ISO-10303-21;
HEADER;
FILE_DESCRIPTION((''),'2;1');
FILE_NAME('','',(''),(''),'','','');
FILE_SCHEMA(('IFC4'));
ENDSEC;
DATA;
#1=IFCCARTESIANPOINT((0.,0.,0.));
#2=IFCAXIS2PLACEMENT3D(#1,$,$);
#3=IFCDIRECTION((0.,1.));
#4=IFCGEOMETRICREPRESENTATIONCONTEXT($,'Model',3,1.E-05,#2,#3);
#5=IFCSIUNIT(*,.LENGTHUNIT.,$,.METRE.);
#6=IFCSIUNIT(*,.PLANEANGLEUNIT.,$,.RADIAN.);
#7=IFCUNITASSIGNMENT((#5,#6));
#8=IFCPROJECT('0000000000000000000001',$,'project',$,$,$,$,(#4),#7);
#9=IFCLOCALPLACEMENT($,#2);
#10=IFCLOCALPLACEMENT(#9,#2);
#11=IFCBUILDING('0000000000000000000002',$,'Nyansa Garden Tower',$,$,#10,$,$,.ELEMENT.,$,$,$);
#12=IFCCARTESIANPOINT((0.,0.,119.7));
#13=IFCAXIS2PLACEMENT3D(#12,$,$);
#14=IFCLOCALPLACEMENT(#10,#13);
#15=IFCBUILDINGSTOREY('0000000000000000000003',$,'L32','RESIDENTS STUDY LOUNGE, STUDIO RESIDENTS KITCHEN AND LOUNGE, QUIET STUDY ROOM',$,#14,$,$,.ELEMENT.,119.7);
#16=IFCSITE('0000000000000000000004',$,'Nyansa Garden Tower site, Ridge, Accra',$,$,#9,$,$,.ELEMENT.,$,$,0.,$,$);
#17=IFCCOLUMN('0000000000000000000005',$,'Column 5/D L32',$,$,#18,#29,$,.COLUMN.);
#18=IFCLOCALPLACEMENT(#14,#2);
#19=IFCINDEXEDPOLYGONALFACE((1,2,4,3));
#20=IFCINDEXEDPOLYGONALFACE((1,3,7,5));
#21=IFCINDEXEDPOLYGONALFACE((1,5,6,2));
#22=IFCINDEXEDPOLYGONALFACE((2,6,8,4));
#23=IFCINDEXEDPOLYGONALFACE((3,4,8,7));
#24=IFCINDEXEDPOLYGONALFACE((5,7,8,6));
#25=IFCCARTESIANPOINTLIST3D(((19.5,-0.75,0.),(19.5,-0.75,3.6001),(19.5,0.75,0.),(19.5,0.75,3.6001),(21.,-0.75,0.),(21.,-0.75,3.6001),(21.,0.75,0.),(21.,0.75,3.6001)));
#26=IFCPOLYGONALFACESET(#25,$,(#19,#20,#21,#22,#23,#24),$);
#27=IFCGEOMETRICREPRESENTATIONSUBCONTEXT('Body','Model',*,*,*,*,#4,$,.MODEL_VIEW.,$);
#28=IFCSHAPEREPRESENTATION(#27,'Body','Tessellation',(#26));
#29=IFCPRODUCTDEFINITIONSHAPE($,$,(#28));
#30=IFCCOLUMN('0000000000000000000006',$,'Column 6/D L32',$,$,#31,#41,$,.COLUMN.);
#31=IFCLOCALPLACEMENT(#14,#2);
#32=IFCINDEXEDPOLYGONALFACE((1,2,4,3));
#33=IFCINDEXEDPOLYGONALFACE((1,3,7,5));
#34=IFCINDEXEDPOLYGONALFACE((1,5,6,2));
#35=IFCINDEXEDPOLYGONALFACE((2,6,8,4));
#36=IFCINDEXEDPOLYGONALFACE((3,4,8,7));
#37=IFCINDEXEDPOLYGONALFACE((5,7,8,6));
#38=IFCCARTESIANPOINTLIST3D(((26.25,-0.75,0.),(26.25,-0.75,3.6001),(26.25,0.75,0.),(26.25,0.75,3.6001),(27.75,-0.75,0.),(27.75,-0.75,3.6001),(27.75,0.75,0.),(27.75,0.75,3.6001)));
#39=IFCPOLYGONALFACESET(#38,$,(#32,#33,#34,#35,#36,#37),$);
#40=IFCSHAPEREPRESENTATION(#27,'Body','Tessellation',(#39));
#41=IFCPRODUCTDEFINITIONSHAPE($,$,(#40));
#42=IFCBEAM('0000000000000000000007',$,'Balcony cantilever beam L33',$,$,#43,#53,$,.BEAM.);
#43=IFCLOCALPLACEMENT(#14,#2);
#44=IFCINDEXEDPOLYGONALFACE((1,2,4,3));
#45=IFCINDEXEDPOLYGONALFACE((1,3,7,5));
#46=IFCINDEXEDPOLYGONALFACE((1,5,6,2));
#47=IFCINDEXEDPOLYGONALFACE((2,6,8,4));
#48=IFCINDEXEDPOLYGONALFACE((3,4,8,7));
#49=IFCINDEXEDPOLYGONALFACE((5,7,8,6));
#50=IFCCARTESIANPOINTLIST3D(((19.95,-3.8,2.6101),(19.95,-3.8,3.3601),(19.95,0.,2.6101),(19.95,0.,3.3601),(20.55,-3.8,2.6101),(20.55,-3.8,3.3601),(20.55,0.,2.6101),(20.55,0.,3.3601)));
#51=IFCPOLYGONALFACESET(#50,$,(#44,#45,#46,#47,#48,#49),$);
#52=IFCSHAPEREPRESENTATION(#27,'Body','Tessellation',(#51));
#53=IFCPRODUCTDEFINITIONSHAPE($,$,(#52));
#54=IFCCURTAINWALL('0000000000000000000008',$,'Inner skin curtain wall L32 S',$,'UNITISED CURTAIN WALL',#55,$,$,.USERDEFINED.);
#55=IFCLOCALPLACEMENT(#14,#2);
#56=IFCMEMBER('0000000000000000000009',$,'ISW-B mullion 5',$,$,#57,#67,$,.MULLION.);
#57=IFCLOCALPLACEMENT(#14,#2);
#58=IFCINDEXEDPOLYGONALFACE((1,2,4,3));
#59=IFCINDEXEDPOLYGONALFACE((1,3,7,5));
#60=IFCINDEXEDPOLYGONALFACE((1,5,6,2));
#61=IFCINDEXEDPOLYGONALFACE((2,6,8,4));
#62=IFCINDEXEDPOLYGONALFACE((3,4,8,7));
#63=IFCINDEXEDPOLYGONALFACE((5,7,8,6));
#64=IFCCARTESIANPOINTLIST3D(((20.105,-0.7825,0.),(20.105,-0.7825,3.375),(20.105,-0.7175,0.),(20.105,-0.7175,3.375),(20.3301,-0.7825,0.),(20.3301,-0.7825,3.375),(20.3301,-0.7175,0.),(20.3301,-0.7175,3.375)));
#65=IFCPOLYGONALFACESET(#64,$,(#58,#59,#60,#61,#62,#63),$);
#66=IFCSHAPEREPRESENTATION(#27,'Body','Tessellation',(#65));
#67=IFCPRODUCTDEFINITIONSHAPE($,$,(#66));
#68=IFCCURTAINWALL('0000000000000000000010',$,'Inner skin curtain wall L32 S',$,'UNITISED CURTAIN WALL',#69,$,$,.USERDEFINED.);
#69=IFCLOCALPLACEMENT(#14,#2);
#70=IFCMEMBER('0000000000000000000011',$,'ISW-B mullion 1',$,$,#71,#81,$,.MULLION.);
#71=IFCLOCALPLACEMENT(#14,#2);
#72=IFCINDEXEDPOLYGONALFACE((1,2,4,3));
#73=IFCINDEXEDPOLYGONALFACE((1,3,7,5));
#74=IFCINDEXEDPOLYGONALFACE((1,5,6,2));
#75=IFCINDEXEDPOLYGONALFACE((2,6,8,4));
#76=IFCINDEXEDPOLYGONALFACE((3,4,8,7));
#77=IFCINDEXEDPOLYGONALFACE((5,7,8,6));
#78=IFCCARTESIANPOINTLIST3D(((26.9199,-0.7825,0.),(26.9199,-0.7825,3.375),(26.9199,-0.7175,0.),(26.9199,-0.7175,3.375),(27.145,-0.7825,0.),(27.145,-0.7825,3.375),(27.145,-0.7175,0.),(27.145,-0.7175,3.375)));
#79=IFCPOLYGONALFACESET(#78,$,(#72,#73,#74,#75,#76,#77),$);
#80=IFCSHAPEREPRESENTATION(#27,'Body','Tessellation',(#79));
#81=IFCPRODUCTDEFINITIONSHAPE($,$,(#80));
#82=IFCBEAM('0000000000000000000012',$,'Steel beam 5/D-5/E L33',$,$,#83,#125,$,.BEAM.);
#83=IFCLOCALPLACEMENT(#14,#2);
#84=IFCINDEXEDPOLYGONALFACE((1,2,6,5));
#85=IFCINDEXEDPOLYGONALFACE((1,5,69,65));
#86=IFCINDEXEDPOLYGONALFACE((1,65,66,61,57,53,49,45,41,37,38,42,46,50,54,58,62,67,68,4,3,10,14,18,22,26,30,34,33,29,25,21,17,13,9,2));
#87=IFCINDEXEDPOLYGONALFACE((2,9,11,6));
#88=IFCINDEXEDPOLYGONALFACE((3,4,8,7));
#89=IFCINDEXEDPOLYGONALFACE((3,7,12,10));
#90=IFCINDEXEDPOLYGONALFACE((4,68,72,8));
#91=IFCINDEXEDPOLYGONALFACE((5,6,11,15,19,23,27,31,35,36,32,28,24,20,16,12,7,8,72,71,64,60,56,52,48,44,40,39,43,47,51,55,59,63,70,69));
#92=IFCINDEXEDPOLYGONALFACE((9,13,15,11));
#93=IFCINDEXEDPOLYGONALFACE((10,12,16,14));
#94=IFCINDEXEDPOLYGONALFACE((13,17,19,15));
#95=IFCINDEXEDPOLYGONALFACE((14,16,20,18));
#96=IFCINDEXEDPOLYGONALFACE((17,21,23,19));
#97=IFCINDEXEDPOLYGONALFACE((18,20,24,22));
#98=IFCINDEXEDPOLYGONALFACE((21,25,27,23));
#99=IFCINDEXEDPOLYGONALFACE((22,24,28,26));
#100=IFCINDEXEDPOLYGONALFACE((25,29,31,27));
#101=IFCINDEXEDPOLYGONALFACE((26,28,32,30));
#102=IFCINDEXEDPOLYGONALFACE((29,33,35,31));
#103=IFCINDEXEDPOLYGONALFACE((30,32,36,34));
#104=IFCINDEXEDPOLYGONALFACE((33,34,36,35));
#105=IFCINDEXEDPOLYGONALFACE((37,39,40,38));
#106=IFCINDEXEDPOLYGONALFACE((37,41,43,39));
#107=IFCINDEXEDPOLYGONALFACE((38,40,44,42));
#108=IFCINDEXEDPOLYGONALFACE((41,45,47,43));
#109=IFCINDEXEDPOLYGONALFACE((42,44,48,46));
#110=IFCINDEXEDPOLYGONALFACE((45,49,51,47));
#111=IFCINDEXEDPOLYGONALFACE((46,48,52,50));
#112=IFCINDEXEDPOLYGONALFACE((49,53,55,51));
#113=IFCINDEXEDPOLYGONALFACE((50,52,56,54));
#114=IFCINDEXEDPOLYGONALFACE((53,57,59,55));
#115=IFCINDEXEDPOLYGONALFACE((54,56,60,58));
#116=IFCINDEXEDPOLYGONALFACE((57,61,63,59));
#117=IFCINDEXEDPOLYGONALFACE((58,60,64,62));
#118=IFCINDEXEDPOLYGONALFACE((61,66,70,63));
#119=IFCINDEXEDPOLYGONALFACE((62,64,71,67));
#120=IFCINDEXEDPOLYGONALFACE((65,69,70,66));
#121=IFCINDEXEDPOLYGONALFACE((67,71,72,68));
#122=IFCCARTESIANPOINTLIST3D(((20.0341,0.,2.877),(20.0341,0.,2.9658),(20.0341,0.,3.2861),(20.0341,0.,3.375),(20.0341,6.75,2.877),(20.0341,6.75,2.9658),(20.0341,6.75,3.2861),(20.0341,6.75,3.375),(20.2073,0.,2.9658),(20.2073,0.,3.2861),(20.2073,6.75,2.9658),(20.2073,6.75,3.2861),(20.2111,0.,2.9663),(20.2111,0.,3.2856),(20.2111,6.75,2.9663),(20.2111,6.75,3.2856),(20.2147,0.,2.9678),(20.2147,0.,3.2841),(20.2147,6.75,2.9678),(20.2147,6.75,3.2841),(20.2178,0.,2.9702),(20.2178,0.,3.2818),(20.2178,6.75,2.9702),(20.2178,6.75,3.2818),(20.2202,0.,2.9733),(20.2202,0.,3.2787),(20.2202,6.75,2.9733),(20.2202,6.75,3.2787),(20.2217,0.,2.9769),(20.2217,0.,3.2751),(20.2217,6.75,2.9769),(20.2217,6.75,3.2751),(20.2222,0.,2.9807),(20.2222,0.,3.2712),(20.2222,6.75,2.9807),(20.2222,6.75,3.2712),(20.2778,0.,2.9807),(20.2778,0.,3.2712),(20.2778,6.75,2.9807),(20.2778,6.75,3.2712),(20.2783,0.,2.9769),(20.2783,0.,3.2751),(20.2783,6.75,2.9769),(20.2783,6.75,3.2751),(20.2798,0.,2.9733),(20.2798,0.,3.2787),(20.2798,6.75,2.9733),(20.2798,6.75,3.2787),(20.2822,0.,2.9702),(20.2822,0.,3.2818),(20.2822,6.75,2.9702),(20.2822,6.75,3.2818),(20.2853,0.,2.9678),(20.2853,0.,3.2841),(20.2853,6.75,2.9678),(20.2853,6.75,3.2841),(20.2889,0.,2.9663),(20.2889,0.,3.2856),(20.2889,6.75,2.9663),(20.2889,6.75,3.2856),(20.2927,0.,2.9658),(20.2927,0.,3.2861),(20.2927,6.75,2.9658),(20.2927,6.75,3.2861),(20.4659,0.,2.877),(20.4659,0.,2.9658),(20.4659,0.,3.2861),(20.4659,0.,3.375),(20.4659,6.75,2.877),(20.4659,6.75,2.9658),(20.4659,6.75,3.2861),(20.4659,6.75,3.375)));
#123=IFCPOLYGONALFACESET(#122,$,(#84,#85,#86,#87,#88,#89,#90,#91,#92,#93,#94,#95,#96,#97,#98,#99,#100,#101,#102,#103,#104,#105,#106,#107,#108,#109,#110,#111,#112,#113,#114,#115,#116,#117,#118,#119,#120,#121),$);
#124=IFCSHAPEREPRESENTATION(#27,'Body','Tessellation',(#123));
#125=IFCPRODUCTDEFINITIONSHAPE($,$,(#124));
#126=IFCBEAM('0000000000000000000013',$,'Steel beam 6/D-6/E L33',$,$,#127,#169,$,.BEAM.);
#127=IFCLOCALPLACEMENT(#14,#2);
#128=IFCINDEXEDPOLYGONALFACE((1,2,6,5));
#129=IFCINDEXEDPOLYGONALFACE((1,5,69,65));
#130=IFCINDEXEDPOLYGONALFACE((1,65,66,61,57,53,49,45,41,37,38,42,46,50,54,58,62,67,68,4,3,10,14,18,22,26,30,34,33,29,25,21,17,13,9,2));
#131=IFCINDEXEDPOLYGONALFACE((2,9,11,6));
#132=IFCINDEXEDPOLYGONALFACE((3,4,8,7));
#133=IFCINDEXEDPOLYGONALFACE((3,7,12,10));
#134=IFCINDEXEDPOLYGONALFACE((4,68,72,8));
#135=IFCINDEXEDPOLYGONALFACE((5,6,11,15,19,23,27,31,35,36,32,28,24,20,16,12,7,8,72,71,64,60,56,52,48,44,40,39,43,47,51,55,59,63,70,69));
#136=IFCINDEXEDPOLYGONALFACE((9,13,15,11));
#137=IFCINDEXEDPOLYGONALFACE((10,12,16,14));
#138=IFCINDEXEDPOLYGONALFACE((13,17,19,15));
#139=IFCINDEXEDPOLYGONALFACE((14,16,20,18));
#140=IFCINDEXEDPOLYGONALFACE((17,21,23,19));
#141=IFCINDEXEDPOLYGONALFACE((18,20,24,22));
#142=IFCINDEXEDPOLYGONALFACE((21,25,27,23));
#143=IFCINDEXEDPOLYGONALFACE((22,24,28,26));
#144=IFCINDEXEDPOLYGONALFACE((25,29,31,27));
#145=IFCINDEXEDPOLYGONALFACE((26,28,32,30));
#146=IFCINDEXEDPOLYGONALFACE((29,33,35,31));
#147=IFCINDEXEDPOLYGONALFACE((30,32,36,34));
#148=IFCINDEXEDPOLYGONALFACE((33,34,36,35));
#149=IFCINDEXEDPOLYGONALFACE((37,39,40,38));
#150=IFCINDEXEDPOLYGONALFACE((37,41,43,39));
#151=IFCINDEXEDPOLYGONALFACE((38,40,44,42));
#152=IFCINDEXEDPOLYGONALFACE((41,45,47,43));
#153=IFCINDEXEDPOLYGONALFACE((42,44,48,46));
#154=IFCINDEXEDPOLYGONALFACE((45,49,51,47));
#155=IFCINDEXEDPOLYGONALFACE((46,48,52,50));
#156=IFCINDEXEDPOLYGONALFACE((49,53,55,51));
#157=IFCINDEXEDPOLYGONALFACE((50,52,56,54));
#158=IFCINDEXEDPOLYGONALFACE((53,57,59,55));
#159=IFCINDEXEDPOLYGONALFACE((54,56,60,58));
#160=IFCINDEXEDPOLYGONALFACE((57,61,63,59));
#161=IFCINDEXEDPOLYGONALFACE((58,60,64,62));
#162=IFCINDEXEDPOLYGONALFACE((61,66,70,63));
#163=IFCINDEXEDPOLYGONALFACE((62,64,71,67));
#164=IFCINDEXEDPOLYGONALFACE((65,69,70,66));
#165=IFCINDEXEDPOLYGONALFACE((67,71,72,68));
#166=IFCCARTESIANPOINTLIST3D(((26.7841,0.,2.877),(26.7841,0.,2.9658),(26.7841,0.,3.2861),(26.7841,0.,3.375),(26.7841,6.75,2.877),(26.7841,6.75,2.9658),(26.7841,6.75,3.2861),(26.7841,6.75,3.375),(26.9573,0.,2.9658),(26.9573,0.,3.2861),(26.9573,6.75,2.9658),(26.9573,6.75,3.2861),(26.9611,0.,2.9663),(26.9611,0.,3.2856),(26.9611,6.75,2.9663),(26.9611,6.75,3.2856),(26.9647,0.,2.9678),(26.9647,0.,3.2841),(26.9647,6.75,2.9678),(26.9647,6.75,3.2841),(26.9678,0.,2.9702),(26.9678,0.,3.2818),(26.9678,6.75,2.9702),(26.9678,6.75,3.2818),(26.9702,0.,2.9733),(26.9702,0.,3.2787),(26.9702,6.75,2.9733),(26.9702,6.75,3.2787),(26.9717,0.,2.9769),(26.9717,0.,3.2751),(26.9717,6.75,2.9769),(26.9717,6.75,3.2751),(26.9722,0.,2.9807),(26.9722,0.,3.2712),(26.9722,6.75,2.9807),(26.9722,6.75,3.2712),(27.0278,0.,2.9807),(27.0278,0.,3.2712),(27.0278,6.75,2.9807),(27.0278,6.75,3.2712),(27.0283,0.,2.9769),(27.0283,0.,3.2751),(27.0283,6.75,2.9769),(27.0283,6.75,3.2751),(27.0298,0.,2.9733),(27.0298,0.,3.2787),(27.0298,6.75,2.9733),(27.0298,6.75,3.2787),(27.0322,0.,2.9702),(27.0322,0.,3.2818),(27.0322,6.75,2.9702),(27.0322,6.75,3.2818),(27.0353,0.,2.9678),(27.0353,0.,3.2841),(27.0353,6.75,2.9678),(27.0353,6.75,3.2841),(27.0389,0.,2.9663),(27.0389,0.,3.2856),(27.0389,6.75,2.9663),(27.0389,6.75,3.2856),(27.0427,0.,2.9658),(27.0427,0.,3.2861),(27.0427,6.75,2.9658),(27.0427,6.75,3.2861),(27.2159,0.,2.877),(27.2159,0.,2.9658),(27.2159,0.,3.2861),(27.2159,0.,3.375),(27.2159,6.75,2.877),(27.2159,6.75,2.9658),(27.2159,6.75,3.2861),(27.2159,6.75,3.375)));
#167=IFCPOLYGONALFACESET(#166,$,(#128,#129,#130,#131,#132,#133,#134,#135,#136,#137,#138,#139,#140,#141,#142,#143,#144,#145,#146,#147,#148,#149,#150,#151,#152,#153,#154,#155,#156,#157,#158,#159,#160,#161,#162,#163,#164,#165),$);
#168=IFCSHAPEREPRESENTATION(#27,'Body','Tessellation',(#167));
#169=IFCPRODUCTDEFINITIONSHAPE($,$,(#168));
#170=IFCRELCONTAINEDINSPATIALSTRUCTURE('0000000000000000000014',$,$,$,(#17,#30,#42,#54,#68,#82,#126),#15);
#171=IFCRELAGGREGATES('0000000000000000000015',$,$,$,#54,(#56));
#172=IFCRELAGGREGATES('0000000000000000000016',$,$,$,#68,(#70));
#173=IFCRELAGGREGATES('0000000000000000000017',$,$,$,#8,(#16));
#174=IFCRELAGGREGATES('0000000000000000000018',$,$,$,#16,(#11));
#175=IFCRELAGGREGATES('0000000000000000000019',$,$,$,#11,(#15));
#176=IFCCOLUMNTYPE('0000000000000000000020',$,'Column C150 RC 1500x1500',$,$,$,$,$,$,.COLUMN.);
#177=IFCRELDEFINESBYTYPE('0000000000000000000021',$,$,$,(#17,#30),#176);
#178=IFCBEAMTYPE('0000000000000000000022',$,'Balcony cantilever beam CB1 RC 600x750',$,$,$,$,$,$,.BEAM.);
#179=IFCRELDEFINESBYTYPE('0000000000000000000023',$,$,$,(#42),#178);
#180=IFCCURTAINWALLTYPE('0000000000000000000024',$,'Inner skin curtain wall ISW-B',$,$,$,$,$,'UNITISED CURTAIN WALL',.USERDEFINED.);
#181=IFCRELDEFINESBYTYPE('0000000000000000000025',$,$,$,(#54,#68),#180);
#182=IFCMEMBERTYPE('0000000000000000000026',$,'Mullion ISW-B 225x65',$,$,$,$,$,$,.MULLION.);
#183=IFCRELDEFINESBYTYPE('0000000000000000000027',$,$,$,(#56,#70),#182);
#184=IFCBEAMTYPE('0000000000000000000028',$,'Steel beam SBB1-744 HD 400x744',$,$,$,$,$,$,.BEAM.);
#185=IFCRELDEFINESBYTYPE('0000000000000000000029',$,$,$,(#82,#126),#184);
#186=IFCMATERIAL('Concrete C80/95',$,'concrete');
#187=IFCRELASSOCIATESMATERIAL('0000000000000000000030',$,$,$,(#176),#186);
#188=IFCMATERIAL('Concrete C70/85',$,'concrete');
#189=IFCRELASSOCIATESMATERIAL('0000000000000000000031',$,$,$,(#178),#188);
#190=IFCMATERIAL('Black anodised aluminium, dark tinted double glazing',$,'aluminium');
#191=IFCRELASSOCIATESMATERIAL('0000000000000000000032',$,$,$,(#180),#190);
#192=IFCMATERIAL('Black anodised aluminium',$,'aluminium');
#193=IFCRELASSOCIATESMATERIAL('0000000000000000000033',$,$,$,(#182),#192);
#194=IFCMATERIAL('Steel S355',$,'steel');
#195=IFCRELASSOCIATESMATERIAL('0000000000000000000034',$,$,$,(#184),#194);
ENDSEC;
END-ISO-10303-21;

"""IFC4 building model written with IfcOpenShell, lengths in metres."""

from ifc_helpers import new_model, si_unit, direction, frame, origin, origin_2d, place, context, subcontext, project, spatial, rectangle, i_section, extrude, material, material_profile, profile_set, type_object, element, aggregate, save


model = new_model("IFC4")

# Units and contexts
model_context = context("Model", 3, precision=1e-05, world=origin(), true_north=direction((0.0, 1.0)))
body_context = subcontext(model_context, "Body", "Model", "MODEL_VIEW")
ifc_project = project(units=[si_unit("LENGTHUNIT", "METRE"), si_unit("PLANEANGLEUNIT", "RADIAN")], contexts=[model_context])

# Site, building, storey
site_placement = place(None, origin())
site = spatial("IfcSite", under=ifc_project, at=site_placement, Name="Nyansa Garden Tower site, Ridge, Accra", CompositionType="ELEMENT", RefElevation=0.0)
building_placement = place(site_placement, origin())
building = spatial("IfcBuilding", under=site, at=building_placement, Name="Nyansa Garden Tower", CompositionType="ELEMENT")
storey_placement = place(building_placement, frame((0.0, 0.0, 119.7)))
storey = spatial("IfcBuildingStorey", under=building, at=storey_placement, Name="L32", Description="RESIDENTS STUDY LOUNGE, STUDIO RESIDENTS KITCHEN AND LOUNGE, QUIET STUDY ROOM", CompositionType="ELEMENT", Elevation=119.7)

# Columns
ifc_material_1 = material(Name="Concrete C80/95", Category="concrete")
ifc_material_profile_1 = material_profile(ifc_material_1, rectangle(XDim=1.5, YDim=1.5, at=origin_2d()), Name="RC 1500x1500")
ifc_profile_set_1 = profile_set([ifc_material_profile_1], Name="Concrete C80/95")
column_type = type_object("IfcColumnType", Name="Column C150 RC 1500x1500", PredefinedType="COLUMN", material=ifc_profile_set_1)
for number, where, z_axis, x_axis, name in (
    (1, (20.25, 0.0, 0.0), (0.0, 0.0, 1.0), (1.0, 0.0, 0.0), "Column 5/D L32"),
    (2, (27.0, 0.0, 0.0), (0.0, 0.0, 1.0), (1.0, 0.0, 0.0), "Column 6/D L32"),
):
    element("IfcColumn", number, at=place(storey_placement, frame(where, z_axis=z_axis, x_axis=x_axis)), inside=storey, type_object=column_type, Name=name, PredefinedType="COLUMN", context=body_context, shape_type="SweptSolid", body=[
        extrude(rectangle(XDim=1.5, YDim=1.5, at=origin_2d()), origin(), (0.0, 0.0, 1.0), 3.6001),
    ])

# Beam
ifc_material_2 = material(Name="Concrete C70/85", Category="concrete")
ifc_material_profile_2 = material_profile(ifc_material_2, rectangle(XDim=0.6001, YDim=0.75, at=origin_2d()), Name="RC 600x750")
ifc_profile_set_2 = profile_set([ifc_material_profile_2], Name="Concrete C70/85")
beam_type_1 = type_object("IfcBeamType", Name="Balcony cantilever beam CB1 RC 600x750", PredefinedType="BEAM", material=ifc_profile_set_2)
beam_placement = place(storey_placement, frame((20.25, 0.0, 2.9851), z_axis=(0.0, -1.0, 0.0), x_axis=(1.0, 0.0, 0.0)))
element("IfcBeam", 3, at=beam_placement, inside=storey, type_object=beam_type_1, Name="Balcony cantilever beam L33", PredefinedType="BEAM", context=body_context, shape_type="SweptSolid", body=[
    extrude(rectangle(XDim=0.6001, YDim=0.75, at=origin_2d()), origin(), (0.0, 0.0, 1.0), 3.8),
])

# Curtain walls, members
ifc_material_3 = material(Name="Black anodised aluminium, dark tinted double glazing", Category="aluminium")
curtain_wall_type = type_object("IfcCurtainWallType", Name="Inner skin curtain wall ISW-B", ElementType="UNITISED CURTAIN WALL", PredefinedType="USERDEFINED", material=ifc_material_3)
curtain_wall_1_placement = place(storey_placement, origin())
curtain_wall_1 = element("IfcCurtainWall", 4, at=curtain_wall_1_placement, inside=storey, type_object=curtain_wall_type, Name="Inner skin curtain wall L32 S", ObjectType="UNITISED CURTAIN WALL", PredefinedType="USERDEFINED")
ifc_material_4 = material(Name="Black anodised aluminium", Category="aluminium")
ifc_material_profile_3 = material_profile(ifc_material_4, rectangle(XDim=0.0649, YDim=0.2251, at=origin_2d()), Name="Mullion 225x65")
ifc_profile_set_3 = profile_set([ifc_material_profile_3], Name="Black anodised aluminium")
member_type_1 = type_object("IfcMemberType", Name="Mullion ISW-B 225x65", PredefinedType="MULLION", material=ifc_profile_set_3)
member_1_placement = place(storey_placement, frame((20.2175, -0.75, 0.0), z_axis=(0.0, 0.0, 1.0), x_axis=(0.0, 1.0, 0.0)))
member_1 = element("IfcMember", 5, at=member_1_placement, type_object=member_type_1, Name="ISW-B mullion 5", PredefinedType="MULLION", context=body_context, shape_type="SweptSolid", body=[
    extrude(rectangle(XDim=0.0649, YDim=0.2251, at=origin_2d()), origin(), (0.0, 0.0, 1.0), 3.375),
])
aggregate(curtain_wall_1, [member_1])
curtain_wall_2_placement = place(storey_placement, origin())
curtain_wall_2 = element("IfcCurtainWall", 6, at=curtain_wall_2_placement, inside=storey, type_object=curtain_wall_type, Name="Inner skin curtain wall L32 S", ObjectType="UNITISED CURTAIN WALL", PredefinedType="USERDEFINED")
member_2_placement = place(storey_placement, frame((27.0325, -0.75, 0.0), z_axis=(0.0, 0.0, 1.0), x_axis=(0.0, 1.0, 0.0)))
member_2 = element("IfcMember", 7, at=member_2_placement, type_object=member_type_1, Name="ISW-B mullion 1", PredefinedType="MULLION", context=body_context, shape_type="SweptSolid", body=[
    extrude(rectangle(XDim=0.0649, YDim=0.2251, at=origin_2d()), origin(), (0.0, 0.0, 1.0), 3.375),
])

# Beams
ifc_material_5 = material(Name="Steel S355", Category="steel")
ifc_material_profile_4 = material_profile(ifc_material_5, i_section(OverallWidth=0.4319, OverallDepth=0.498, WebThickness=0.0557, FlangeThickness=0.0889, FilletRadius=0.0149, at=origin_2d()), Name="HD 400x744")
ifc_profile_set_4 = profile_set([ifc_material_profile_4], Name="Steel S355")
beam_type_2 = type_object("IfcBeamType", Name="Steel beam SBB1-744 HD 400x744", PredefinedType="BEAM", material=ifc_profile_set_4)
for number, where, z_axis, x_axis, name in (
    (8, (20.25, 0.0, 3.126), (0.0, 1.0, 0.0), (-1.0, 0.0, 0.0), "Steel beam 5/D-5/E L33"),
    (9, (27.0, 0.0, 3.126), (0.0, 1.0, 0.0), (-1.0, 0.0, 0.0), "Steel beam 6/D-6/E L33"),
):
    element("IfcBeam", number, at=place(storey_placement, frame(where, z_axis=z_axis, x_axis=x_axis)), inside=storey, type_object=beam_type_2, Name=name, PredefinedType="BEAM", context=body_context, shape_type="SweptSolid", body=[
        extrude(i_section(OverallWidth=0.4319, OverallDepth=0.498, WebThickness=0.0557, FlangeThickness=0.0889, FilletRadius=0.0149, at=origin_2d()), origin(), (0.0, 0.0, 1.0), 6.75),
    ])

aggregate(curtain_wall_2, [member_2])

save(model, "model.ifc")
